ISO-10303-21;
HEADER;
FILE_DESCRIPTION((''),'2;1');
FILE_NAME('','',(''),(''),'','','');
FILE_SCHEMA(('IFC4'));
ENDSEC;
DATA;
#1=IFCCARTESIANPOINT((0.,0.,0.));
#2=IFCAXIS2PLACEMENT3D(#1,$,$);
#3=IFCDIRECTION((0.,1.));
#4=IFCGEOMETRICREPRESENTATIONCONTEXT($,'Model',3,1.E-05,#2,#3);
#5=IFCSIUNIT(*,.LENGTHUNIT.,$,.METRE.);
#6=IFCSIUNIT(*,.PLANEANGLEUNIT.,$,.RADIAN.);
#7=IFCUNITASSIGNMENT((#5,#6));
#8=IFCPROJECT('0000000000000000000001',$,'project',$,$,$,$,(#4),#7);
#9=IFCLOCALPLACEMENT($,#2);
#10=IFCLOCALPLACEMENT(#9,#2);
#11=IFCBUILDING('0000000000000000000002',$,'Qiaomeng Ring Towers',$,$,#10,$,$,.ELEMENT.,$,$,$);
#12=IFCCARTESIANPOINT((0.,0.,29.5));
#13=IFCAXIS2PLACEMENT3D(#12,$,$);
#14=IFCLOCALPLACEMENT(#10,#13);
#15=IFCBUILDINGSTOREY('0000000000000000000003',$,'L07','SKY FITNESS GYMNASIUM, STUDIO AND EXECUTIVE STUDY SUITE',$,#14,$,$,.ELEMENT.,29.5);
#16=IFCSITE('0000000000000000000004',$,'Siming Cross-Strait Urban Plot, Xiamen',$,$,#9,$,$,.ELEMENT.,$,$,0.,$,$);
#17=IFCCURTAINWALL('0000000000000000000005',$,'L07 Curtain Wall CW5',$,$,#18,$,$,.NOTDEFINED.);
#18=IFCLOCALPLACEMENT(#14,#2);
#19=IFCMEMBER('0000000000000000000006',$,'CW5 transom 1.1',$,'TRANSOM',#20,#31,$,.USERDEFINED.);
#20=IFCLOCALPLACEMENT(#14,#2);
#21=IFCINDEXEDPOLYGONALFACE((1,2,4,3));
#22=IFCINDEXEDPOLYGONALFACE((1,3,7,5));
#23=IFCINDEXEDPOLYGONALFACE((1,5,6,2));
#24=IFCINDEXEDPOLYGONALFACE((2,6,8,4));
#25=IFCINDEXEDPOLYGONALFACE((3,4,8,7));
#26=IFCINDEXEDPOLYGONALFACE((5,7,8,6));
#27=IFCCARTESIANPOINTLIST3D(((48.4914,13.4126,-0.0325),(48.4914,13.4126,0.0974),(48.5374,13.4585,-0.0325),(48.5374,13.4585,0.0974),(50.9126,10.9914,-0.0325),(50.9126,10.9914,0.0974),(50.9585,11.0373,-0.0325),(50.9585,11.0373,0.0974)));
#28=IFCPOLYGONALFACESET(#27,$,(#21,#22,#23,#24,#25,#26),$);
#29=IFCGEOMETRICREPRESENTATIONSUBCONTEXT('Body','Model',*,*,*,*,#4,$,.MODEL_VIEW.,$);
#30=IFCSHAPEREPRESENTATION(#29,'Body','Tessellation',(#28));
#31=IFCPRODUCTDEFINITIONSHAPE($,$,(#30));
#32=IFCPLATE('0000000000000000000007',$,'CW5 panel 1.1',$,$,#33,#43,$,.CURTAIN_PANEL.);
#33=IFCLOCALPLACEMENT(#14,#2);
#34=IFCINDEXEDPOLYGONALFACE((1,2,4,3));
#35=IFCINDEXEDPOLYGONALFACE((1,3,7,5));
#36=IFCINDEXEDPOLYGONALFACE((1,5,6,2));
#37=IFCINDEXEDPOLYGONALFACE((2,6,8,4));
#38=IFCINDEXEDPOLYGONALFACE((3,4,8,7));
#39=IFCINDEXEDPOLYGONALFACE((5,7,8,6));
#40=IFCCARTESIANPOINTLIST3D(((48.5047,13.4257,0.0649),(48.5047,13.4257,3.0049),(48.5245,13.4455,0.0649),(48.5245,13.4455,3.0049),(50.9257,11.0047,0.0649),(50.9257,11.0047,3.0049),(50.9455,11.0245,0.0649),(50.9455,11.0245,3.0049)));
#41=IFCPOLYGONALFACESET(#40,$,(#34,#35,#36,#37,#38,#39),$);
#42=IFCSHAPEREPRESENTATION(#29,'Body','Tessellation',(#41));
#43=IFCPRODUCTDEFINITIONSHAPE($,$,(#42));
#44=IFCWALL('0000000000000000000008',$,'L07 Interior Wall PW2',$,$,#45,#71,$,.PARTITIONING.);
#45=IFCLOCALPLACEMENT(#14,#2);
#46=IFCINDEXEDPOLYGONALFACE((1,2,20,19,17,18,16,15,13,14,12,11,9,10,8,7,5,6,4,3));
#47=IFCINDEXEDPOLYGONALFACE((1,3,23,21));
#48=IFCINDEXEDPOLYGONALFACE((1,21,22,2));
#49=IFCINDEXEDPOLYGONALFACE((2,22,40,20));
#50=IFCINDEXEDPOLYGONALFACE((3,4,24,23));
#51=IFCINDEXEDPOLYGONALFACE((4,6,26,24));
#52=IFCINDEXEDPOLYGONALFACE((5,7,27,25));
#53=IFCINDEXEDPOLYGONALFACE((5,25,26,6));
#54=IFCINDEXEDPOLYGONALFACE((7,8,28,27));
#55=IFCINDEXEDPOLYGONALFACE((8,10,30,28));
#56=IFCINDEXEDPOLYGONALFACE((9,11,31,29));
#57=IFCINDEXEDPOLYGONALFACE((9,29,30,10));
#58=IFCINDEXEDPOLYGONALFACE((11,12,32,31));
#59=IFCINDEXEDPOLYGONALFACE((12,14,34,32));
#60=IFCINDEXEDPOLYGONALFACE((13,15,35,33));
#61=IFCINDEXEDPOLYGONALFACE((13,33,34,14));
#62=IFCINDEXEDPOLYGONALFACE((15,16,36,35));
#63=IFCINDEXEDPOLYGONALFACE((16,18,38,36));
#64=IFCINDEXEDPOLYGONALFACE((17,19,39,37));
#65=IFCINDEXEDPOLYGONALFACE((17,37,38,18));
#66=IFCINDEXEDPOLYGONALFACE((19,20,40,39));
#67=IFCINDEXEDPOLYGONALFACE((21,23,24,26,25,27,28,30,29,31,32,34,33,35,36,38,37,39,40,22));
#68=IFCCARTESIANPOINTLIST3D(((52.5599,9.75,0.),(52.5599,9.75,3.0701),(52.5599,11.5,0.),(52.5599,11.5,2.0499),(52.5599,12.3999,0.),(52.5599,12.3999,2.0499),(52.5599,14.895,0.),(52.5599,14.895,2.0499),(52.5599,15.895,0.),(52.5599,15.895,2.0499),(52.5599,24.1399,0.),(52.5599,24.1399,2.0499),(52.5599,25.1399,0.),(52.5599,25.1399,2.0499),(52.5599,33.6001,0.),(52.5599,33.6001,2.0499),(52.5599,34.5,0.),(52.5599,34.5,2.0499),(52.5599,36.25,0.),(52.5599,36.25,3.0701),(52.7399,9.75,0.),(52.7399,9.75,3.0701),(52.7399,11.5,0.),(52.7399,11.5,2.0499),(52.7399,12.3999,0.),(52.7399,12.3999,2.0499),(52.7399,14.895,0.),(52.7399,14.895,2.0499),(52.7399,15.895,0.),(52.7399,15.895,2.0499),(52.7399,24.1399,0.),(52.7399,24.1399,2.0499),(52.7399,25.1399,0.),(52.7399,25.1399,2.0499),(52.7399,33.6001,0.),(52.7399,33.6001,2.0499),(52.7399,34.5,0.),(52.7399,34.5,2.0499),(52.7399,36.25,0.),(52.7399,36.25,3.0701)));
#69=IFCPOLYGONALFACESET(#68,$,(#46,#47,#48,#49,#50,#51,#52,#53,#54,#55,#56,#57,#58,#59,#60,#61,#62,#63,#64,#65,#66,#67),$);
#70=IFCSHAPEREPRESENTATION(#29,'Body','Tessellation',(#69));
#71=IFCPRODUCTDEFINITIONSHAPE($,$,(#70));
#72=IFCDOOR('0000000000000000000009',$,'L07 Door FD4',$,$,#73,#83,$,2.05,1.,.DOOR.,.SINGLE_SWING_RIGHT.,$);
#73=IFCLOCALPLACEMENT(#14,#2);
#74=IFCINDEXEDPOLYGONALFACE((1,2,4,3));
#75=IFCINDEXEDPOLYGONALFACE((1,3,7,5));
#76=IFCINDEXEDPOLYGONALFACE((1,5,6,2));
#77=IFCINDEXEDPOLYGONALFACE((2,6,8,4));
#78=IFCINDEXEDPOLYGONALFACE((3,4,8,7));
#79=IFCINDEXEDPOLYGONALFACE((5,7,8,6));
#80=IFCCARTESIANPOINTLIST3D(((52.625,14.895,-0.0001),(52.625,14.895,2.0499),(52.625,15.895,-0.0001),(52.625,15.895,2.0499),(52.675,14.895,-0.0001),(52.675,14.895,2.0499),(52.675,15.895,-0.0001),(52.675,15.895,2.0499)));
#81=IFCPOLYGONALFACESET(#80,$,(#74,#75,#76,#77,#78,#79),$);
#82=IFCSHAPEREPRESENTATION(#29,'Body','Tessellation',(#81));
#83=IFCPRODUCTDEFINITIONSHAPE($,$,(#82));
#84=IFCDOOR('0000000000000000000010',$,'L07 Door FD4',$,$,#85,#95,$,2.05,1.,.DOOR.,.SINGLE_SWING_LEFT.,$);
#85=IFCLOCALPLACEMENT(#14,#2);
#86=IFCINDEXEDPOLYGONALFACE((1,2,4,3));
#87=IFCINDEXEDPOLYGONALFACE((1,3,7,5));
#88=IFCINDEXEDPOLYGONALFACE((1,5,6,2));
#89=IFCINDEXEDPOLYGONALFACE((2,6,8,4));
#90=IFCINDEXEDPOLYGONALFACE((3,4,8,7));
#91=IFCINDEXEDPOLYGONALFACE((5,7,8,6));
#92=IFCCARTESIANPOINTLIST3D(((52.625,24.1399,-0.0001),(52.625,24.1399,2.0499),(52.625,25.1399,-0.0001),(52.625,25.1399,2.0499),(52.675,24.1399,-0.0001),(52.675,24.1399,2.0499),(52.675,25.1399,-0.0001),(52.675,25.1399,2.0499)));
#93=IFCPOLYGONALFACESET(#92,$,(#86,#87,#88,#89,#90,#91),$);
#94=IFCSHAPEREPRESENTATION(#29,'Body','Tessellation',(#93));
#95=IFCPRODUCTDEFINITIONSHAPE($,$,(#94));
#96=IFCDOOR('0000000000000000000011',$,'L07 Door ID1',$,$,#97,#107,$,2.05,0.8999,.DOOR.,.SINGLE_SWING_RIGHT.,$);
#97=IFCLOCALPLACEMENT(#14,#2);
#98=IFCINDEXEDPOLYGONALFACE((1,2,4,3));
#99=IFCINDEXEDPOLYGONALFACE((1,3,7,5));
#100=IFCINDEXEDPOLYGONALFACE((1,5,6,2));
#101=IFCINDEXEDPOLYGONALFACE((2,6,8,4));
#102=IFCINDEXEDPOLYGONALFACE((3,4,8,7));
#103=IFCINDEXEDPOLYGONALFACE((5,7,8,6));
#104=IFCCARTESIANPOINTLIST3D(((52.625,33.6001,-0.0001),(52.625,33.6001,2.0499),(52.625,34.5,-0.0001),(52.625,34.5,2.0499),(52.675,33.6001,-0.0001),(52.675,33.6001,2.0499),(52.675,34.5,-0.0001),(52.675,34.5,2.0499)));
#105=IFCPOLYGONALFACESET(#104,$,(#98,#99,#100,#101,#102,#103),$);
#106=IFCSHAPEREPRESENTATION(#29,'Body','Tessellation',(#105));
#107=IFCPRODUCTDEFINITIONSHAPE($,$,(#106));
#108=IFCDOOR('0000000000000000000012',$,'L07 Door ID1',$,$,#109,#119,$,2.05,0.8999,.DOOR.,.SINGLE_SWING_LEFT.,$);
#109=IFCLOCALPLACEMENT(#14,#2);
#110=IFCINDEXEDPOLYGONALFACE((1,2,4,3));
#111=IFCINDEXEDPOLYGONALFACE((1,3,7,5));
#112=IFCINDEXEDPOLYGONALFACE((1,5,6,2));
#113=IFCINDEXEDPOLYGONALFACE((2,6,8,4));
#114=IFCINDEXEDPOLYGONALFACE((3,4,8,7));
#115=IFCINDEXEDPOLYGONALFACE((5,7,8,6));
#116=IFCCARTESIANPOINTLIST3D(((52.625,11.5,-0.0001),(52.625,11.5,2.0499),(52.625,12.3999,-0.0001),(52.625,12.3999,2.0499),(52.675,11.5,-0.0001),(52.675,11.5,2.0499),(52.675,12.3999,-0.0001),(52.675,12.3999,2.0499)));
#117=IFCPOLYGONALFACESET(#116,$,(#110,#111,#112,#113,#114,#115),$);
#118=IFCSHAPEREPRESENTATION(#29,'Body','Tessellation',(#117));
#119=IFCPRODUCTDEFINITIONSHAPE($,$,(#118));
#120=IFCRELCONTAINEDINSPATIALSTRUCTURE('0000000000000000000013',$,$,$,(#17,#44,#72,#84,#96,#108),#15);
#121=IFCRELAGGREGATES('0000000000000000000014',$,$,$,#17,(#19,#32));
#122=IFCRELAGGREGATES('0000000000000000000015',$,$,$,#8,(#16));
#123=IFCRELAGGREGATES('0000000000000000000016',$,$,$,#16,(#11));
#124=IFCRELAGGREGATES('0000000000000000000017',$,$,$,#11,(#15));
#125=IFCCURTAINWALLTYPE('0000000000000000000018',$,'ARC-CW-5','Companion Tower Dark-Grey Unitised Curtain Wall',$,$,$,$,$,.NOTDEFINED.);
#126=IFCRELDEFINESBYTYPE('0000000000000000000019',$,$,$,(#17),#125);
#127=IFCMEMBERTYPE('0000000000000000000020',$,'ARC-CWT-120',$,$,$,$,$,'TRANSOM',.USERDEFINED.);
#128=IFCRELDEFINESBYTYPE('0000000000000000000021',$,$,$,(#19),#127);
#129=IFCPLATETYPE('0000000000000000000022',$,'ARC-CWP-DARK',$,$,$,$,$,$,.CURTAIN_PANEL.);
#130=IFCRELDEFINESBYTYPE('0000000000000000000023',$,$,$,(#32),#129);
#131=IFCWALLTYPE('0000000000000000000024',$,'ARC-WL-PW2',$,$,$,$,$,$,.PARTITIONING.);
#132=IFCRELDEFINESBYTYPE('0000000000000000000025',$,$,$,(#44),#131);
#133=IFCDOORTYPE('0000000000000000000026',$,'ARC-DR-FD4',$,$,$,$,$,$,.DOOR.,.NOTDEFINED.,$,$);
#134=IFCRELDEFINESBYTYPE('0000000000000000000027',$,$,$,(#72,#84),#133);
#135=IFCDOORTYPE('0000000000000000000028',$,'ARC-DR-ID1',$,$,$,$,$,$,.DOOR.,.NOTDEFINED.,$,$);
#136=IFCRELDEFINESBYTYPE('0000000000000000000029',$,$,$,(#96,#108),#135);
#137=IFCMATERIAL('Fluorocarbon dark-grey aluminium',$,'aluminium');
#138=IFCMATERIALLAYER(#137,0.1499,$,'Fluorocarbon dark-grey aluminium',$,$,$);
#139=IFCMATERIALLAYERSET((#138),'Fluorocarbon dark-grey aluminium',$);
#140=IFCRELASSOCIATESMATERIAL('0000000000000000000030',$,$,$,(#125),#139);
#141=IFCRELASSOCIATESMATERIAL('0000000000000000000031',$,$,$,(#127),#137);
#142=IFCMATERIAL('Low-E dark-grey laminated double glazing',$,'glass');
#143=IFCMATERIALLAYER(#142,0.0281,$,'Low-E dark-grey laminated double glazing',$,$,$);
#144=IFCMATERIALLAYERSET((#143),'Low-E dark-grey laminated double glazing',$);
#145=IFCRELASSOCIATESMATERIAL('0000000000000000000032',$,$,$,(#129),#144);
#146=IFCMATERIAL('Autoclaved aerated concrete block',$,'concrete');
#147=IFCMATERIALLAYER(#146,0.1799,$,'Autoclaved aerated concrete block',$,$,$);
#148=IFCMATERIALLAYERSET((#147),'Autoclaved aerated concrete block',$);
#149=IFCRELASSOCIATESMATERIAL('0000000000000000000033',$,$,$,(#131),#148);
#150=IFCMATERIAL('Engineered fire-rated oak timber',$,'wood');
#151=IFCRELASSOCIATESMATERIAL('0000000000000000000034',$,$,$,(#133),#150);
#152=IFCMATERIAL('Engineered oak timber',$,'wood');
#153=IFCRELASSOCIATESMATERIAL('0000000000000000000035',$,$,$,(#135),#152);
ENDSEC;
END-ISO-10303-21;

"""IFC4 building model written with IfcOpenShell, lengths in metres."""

from ifc_helpers import new_model, si_unit, direction, frame, frame_2d, origin, origin_2d, place, context, subcontext, project, spatial, rectangle, extrude, source, transform, mapped, material, layer, layer_set, material_profile, profile_set, type_object, element, fill, aggregate, save


model = new_model("IFC4")

# Units and contexts
model_context = context("Model", 3, precision=1e-05, world=origin(), true_north=direction((0.0, 1.0)))
body_context = subcontext(model_context, "Body", "Model", "MODEL_VIEW")
ifc_project = project(units=[si_unit("LENGTHUNIT", "METRE"), si_unit("PLANEANGLEUNIT", "RADIAN")], contexts=[model_context])

# Site, building, storey
site_placement = place(None, origin())
site = spatial("IfcSite", under=ifc_project, at=site_placement, Name="Siming Cross-Strait Urban Plot, Xiamen", CompositionType="ELEMENT", RefElevation=0.0)
building_placement = place(site_placement, origin())
building = spatial("IfcBuilding", under=site, at=building_placement, Name="Qiaomeng Ring Towers", CompositionType="ELEMENT")
storey_placement = place(building_placement, frame((0.0, 0.0, 29.5)))
storey = spatial("IfcBuildingStorey", under=building, at=storey_placement, Name="L07", Description="SKY FITNESS GYMNASIUM, STUDIO AND EXECUTIVE STUDY SUITE", CompositionType="ELEMENT", Elevation=29.5)

# Curtain wall
ifc_material_1 = material(Name="Fluorocarbon dark-grey aluminium", Category="aluminium")
ifc_layer_1 = layer(ifc_material_1, 0.1499, Name="Fluorocarbon dark-grey aluminium")
ifc_layer_set_1 = layer_set([ifc_layer_1], Name="Fluorocarbon dark-grey aluminium")
curtain_wall_type = type_object("IfcCurtainWallType", Name="ARC-CW-5", Description="Companion Tower Dark-Grey Unitised Curtain Wall", PredefinedType="NOTDEFINED", material=ifc_layer_set_1)
curtain_wall_1_placement = place(storey_placement, origin())
curtain_wall_1 = element("IfcCurtainWall", 1, at=curtain_wall_1_placement, inside=storey, type_object=curtain_wall_type, Name="L07 Curtain Wall CW5", PredefinedType="NOTDEFINED")

# Shared definitions
ifc_material_profile_1 = material_profile(ifc_material_1, rectangle(XDim=0.0649, YDim=0.1299, at=origin_2d()), Name="ALU TRAN 65x130")
ifc_profile_set_1 = profile_set([ifc_material_profile_1], Name="Fluorocarbon dark-grey aluminium")
member_type_1 = type_object("IfcMemberType", Name="ARC-CWT-120", ElementType="TRANSOM", PredefinedType="USERDEFINED", material=ifc_profile_set_1)

# Member
shared_shape_1 = source(origin(), body_context, "Body", "SweptSolid", [
    extrude(rectangle(XDim=0.0649, YDim=0.1299, at=origin_2d()), origin(), (0.0, 0.0, 1.0), 3.4241),
])
member_1_placement = place(storey_placement, frame((48.5144, 13.4355, 0.0325), z_axis=(0.707107, -0.707107, 0.0), x_axis=(0.707107, 0.707107, 0.0)))
member_1 = element("IfcMember", 2, at=member_1_placement, type_object=member_type_1, Name="CW5 transom 1.1", ObjectType="TRANSOM", PredefinedType="USERDEFINED", context=body_context, shape_type="MappedRepresentation", body=[
    mapped(shared_shape_1, transform((0.0, 0.0, 0.0), x_axis=(1.0, 0.0, 0.0), y_axis=(0.0, 1.0, 0.0), z_axis=(0.0, 0.0, 1.0), scale=1.0)),
])

# Plate
ifc_material_2 = material(Name="Low-E dark-grey laminated double glazing", Category="glass")
ifc_layer_2 = layer(ifc_material_2, 0.0281, Name="Low-E dark-grey laminated double glazing")
ifc_layer_set_2 = layer_set([ifc_layer_2], Name="Low-E dark-grey laminated double glazing")
plate_type = type_object("IfcPlateType", Name="ARC-CWP-DARK", PredefinedType="CURTAIN_PANEL", material=ifc_layer_set_2)
shared_shape_2 = source(origin(), body_context, "Body", "SweptSolid", [
    extrude(rectangle(XDim=3.4238, YDim=0.0281, at=origin_2d()), origin(), (0.0, 0.0, 1.0), 2.9399),
])
plate_placement = place(storey_placement, frame((49.7251, 12.2251, 0.0649), z_axis=(0.0, 0.0, 1.0), x_axis=(0.707107, -0.707107, 0.0)))
plate = element("IfcPlate", 3, at=plate_placement, type_object=plate_type, Name="CW5 panel 1.1", PredefinedType="CURTAIN_PANEL", context=body_context, shape_type="MappedRepresentation", body=[
    mapped(shared_shape_2, transform((0.0, 0.0, 0.0), x_axis=(1.0, 0.0, 0.0), y_axis=(0.0, 1.0, 0.0), z_axis=(0.0, 0.0, 1.0), scale=1.0)),
])
aggregate(curtain_wall_1, [member_1, plate])

# Wall, openings, doors
ifc_material_3 = material(Name="Autoclaved aerated concrete block", Category="concrete")
ifc_layer_3 = layer(ifc_material_3, 0.1799, Name="Autoclaved aerated concrete block")
ifc_layer_set_3 = layer_set([ifc_layer_3], Name="Autoclaved aerated concrete block")
wall_type_1 = type_object("IfcWallType", Name="ARC-WL-PW2", PredefinedType="PARTITIONING", material=ifc_layer_set_3)
wall_1_placement = place(storey_placement, frame((52.6499, 9.75, 0.0), z_axis=(0.0, 0.0, 1.0), x_axis=(0.0, 1.0, 0.0)))
wall_1 = element("IfcWall", 4, at=wall_1_placement, inside=storey, type_object=wall_type_1, Name="L07 Interior Wall PW2", PredefinedType="PARTITIONING", context=body_context, shape_type="SweptSolid", body=[
    extrude(rectangle(XDim=26.5, YDim=0.1799, at=frame_2d((13.25, 0.0))), origin(), (0.0, 0.0, 1.0), 3.0701),
])
opening_1_placement = place(wall_1_placement, frame((23.8501, 0.0, 0.0)))
opening_1 = element("IfcOpeningElement", 5, at=opening_1_placement, cuts=wall_1, PredefinedType="OPENING", context=body_context, shape_type="SweptSolid", body=[
    extrude(rectangle(XDim=0.8999, YDim=2.05, at=frame_2d((0.45, 1.0249))), frame((0.0, 0.0999, 0.0), z_axis=(0.0, -1.0, 0.0), x_axis=(1.0, 0.0, 0.0)), (0.0, 0.0, 1.0), 0.2),
])
opening_2_placement = place(wall_1_placement, frame((1.75, 0.0, 0.0)))
opening_2 = element("IfcOpeningElement", 6, at=opening_2_placement, cuts=wall_1, PredefinedType="OPENING", context=body_context, shape_type="SweptSolid", body=[
    extrude(rectangle(XDim=0.8999, YDim=2.05, at=frame_2d((0.45, 1.0249))), frame((0.0, 0.0999, 0.0), z_axis=(0.0, -1.0, 0.0), x_axis=(1.0, 0.0, 0.0)), (0.0, 0.0, 1.0), 0.2),
])
opening_3_placement = place(wall_1_placement, frame((5.145, 0.0, 0.0)))
opening_3 = element("IfcOpeningElement", 7, at=opening_3_placement, cuts=wall_1, PredefinedType="OPENING", context=body_context, shape_type="SweptSolid", body=[
    extrude(rectangle(XDim=1.0, YDim=2.05, at=frame_2d((0.5, 1.0249))), frame((0.0, 0.0999, 0.0), z_axis=(0.0, -1.0, 0.0), x_axis=(1.0, 0.0, 0.0)), (0.0, 0.0, 1.0), 0.2),
])
opening_4_placement = place(wall_1_placement, frame((14.3899, 0.0, 0.0)))
opening_4 = element("IfcOpeningElement", 8, at=opening_4_placement, cuts=wall_1, PredefinedType="OPENING", context=body_context, shape_type="SweptSolid", body=[
    extrude(rectangle(XDim=1.0, YDim=2.05, at=frame_2d((0.5, 1.0249))), frame((0.0, 0.0999, 0.0), z_axis=(0.0, -1.0, 0.0), x_axis=(1.0, 0.0, 0.0)), (0.0, 0.0, 1.0), 0.2),
])
ifc_material_4 = material(Name="Engineered fire-rated oak timber", Category="wood")
door_type_1 = type_object("IfcDoorType", Name="ARC-DR-FD4", OperationType="NOTDEFINED", PredefinedType="DOOR", material=ifc_material_4)
shared_shape_3 = source(origin(), body_context, "Body", "SweptSolid", [
    extrude(rectangle(XDim=1.0, YDim=2.05, at=frame_2d((0.5, 1.0249))), frame((0.0, 0.0249, 0.0), z_axis=(0.0, -1.0, 0.0), x_axis=(1.0, 0.0, 0.0)), (0.0, 0.0, 1.0), 0.05),
])
door_1_placement = place(opening_3_placement, origin())
door_1 = element("IfcDoor", 9, at=door_1_placement, inside=storey, type_object=door_type_1, Name="L07 Door FD4", OperationType="SINGLE_SWING_RIGHT", OverallHeight=2.05, OverallWidth=1.0, PredefinedType="DOOR", context=body_context, shape_type="MappedRepresentation", body=[
    mapped(shared_shape_3, transform((0.0, 0.0, 0.0), x_axis=(1.0, 0.0, 0.0), y_axis=(0.0, 1.0, 0.0), z_axis=(0.0, 0.0, 1.0), scale=1.0)),
])
fill(opening_3, door_1)
door_2_placement = place(opening_4_placement, origin())
door_2 = element("IfcDoor", 10, at=door_2_placement, inside=storey, type_object=door_type_1, Name="L07 Door FD4", OperationType="SINGLE_SWING_LEFT", OverallHeight=2.05, OverallWidth=1.0, PredefinedType="DOOR", context=body_context, shape_type="MappedRepresentation", body=[
    mapped(shared_shape_3, transform((0.0, 0.0, 0.0), x_axis=(1.0, 0.0, 0.0), y_axis=(0.0, 1.0, 0.0), z_axis=(0.0, 0.0, 1.0), scale=1.0)),
])
fill(opening_4, door_2)
ifc_material_5 = material(Name="Engineered oak timber", Category="wood")
door_type_2 = type_object("IfcDoorType", Name="ARC-DR-ID1", OperationType="NOTDEFINED", PredefinedType="DOOR", material=ifc_material_5)
shared_shape_4 = source(origin(), body_context, "Body", "SweptSolid", [
    extrude(rectangle(XDim=0.8999, YDim=2.05, at=frame_2d((0.45, 1.0249))), frame((0.0, 0.0249, 0.0), z_axis=(0.0, -1.0, 0.0), x_axis=(1.0, 0.0, 0.0)), (0.0, 0.0, 1.0), 0.05),
])
door_3_placement = place(opening_1_placement, origin())
door_3 = element("IfcDoor", 11, at=door_3_placement, inside=storey, type_object=door_type_2, Name="L07 Door ID1", OperationType="SINGLE_SWING_RIGHT", OverallHeight=2.05, OverallWidth=0.8999, PredefinedType="DOOR", context=body_context, shape_type="MappedRepresentation", body=[
    mapped(shared_shape_4, transform((0.0, 0.0, 0.0), x_axis=(1.0, 0.0, 0.0), y_axis=(0.0, 1.0, 0.0), z_axis=(0.0, 0.0, 1.0), scale=1.0)),
])
fill(opening_1, door_3)
door_4_placement = place(opening_2_placement, origin())
door_4 = element("IfcDoor", 12, at=door_4_placement, inside=storey, type_object=door_type_2, Name="L07 Door ID1", OperationType="SINGLE_SWING_LEFT", OverallHeight=2.05, OverallWidth=0.8999, PredefinedType="DOOR", context=body_context, shape_type="MappedRepresentation", body=[
    mapped(shared_shape_4, transform((0.0, 0.0, 0.0), x_axis=(1.0, 0.0, 0.0), y_axis=(0.0, 1.0, 0.0), z_axis=(0.0, 0.0, 1.0), scale=1.0)),
])
fill(opening_2, door_4)

save(model, "model.ifc")
